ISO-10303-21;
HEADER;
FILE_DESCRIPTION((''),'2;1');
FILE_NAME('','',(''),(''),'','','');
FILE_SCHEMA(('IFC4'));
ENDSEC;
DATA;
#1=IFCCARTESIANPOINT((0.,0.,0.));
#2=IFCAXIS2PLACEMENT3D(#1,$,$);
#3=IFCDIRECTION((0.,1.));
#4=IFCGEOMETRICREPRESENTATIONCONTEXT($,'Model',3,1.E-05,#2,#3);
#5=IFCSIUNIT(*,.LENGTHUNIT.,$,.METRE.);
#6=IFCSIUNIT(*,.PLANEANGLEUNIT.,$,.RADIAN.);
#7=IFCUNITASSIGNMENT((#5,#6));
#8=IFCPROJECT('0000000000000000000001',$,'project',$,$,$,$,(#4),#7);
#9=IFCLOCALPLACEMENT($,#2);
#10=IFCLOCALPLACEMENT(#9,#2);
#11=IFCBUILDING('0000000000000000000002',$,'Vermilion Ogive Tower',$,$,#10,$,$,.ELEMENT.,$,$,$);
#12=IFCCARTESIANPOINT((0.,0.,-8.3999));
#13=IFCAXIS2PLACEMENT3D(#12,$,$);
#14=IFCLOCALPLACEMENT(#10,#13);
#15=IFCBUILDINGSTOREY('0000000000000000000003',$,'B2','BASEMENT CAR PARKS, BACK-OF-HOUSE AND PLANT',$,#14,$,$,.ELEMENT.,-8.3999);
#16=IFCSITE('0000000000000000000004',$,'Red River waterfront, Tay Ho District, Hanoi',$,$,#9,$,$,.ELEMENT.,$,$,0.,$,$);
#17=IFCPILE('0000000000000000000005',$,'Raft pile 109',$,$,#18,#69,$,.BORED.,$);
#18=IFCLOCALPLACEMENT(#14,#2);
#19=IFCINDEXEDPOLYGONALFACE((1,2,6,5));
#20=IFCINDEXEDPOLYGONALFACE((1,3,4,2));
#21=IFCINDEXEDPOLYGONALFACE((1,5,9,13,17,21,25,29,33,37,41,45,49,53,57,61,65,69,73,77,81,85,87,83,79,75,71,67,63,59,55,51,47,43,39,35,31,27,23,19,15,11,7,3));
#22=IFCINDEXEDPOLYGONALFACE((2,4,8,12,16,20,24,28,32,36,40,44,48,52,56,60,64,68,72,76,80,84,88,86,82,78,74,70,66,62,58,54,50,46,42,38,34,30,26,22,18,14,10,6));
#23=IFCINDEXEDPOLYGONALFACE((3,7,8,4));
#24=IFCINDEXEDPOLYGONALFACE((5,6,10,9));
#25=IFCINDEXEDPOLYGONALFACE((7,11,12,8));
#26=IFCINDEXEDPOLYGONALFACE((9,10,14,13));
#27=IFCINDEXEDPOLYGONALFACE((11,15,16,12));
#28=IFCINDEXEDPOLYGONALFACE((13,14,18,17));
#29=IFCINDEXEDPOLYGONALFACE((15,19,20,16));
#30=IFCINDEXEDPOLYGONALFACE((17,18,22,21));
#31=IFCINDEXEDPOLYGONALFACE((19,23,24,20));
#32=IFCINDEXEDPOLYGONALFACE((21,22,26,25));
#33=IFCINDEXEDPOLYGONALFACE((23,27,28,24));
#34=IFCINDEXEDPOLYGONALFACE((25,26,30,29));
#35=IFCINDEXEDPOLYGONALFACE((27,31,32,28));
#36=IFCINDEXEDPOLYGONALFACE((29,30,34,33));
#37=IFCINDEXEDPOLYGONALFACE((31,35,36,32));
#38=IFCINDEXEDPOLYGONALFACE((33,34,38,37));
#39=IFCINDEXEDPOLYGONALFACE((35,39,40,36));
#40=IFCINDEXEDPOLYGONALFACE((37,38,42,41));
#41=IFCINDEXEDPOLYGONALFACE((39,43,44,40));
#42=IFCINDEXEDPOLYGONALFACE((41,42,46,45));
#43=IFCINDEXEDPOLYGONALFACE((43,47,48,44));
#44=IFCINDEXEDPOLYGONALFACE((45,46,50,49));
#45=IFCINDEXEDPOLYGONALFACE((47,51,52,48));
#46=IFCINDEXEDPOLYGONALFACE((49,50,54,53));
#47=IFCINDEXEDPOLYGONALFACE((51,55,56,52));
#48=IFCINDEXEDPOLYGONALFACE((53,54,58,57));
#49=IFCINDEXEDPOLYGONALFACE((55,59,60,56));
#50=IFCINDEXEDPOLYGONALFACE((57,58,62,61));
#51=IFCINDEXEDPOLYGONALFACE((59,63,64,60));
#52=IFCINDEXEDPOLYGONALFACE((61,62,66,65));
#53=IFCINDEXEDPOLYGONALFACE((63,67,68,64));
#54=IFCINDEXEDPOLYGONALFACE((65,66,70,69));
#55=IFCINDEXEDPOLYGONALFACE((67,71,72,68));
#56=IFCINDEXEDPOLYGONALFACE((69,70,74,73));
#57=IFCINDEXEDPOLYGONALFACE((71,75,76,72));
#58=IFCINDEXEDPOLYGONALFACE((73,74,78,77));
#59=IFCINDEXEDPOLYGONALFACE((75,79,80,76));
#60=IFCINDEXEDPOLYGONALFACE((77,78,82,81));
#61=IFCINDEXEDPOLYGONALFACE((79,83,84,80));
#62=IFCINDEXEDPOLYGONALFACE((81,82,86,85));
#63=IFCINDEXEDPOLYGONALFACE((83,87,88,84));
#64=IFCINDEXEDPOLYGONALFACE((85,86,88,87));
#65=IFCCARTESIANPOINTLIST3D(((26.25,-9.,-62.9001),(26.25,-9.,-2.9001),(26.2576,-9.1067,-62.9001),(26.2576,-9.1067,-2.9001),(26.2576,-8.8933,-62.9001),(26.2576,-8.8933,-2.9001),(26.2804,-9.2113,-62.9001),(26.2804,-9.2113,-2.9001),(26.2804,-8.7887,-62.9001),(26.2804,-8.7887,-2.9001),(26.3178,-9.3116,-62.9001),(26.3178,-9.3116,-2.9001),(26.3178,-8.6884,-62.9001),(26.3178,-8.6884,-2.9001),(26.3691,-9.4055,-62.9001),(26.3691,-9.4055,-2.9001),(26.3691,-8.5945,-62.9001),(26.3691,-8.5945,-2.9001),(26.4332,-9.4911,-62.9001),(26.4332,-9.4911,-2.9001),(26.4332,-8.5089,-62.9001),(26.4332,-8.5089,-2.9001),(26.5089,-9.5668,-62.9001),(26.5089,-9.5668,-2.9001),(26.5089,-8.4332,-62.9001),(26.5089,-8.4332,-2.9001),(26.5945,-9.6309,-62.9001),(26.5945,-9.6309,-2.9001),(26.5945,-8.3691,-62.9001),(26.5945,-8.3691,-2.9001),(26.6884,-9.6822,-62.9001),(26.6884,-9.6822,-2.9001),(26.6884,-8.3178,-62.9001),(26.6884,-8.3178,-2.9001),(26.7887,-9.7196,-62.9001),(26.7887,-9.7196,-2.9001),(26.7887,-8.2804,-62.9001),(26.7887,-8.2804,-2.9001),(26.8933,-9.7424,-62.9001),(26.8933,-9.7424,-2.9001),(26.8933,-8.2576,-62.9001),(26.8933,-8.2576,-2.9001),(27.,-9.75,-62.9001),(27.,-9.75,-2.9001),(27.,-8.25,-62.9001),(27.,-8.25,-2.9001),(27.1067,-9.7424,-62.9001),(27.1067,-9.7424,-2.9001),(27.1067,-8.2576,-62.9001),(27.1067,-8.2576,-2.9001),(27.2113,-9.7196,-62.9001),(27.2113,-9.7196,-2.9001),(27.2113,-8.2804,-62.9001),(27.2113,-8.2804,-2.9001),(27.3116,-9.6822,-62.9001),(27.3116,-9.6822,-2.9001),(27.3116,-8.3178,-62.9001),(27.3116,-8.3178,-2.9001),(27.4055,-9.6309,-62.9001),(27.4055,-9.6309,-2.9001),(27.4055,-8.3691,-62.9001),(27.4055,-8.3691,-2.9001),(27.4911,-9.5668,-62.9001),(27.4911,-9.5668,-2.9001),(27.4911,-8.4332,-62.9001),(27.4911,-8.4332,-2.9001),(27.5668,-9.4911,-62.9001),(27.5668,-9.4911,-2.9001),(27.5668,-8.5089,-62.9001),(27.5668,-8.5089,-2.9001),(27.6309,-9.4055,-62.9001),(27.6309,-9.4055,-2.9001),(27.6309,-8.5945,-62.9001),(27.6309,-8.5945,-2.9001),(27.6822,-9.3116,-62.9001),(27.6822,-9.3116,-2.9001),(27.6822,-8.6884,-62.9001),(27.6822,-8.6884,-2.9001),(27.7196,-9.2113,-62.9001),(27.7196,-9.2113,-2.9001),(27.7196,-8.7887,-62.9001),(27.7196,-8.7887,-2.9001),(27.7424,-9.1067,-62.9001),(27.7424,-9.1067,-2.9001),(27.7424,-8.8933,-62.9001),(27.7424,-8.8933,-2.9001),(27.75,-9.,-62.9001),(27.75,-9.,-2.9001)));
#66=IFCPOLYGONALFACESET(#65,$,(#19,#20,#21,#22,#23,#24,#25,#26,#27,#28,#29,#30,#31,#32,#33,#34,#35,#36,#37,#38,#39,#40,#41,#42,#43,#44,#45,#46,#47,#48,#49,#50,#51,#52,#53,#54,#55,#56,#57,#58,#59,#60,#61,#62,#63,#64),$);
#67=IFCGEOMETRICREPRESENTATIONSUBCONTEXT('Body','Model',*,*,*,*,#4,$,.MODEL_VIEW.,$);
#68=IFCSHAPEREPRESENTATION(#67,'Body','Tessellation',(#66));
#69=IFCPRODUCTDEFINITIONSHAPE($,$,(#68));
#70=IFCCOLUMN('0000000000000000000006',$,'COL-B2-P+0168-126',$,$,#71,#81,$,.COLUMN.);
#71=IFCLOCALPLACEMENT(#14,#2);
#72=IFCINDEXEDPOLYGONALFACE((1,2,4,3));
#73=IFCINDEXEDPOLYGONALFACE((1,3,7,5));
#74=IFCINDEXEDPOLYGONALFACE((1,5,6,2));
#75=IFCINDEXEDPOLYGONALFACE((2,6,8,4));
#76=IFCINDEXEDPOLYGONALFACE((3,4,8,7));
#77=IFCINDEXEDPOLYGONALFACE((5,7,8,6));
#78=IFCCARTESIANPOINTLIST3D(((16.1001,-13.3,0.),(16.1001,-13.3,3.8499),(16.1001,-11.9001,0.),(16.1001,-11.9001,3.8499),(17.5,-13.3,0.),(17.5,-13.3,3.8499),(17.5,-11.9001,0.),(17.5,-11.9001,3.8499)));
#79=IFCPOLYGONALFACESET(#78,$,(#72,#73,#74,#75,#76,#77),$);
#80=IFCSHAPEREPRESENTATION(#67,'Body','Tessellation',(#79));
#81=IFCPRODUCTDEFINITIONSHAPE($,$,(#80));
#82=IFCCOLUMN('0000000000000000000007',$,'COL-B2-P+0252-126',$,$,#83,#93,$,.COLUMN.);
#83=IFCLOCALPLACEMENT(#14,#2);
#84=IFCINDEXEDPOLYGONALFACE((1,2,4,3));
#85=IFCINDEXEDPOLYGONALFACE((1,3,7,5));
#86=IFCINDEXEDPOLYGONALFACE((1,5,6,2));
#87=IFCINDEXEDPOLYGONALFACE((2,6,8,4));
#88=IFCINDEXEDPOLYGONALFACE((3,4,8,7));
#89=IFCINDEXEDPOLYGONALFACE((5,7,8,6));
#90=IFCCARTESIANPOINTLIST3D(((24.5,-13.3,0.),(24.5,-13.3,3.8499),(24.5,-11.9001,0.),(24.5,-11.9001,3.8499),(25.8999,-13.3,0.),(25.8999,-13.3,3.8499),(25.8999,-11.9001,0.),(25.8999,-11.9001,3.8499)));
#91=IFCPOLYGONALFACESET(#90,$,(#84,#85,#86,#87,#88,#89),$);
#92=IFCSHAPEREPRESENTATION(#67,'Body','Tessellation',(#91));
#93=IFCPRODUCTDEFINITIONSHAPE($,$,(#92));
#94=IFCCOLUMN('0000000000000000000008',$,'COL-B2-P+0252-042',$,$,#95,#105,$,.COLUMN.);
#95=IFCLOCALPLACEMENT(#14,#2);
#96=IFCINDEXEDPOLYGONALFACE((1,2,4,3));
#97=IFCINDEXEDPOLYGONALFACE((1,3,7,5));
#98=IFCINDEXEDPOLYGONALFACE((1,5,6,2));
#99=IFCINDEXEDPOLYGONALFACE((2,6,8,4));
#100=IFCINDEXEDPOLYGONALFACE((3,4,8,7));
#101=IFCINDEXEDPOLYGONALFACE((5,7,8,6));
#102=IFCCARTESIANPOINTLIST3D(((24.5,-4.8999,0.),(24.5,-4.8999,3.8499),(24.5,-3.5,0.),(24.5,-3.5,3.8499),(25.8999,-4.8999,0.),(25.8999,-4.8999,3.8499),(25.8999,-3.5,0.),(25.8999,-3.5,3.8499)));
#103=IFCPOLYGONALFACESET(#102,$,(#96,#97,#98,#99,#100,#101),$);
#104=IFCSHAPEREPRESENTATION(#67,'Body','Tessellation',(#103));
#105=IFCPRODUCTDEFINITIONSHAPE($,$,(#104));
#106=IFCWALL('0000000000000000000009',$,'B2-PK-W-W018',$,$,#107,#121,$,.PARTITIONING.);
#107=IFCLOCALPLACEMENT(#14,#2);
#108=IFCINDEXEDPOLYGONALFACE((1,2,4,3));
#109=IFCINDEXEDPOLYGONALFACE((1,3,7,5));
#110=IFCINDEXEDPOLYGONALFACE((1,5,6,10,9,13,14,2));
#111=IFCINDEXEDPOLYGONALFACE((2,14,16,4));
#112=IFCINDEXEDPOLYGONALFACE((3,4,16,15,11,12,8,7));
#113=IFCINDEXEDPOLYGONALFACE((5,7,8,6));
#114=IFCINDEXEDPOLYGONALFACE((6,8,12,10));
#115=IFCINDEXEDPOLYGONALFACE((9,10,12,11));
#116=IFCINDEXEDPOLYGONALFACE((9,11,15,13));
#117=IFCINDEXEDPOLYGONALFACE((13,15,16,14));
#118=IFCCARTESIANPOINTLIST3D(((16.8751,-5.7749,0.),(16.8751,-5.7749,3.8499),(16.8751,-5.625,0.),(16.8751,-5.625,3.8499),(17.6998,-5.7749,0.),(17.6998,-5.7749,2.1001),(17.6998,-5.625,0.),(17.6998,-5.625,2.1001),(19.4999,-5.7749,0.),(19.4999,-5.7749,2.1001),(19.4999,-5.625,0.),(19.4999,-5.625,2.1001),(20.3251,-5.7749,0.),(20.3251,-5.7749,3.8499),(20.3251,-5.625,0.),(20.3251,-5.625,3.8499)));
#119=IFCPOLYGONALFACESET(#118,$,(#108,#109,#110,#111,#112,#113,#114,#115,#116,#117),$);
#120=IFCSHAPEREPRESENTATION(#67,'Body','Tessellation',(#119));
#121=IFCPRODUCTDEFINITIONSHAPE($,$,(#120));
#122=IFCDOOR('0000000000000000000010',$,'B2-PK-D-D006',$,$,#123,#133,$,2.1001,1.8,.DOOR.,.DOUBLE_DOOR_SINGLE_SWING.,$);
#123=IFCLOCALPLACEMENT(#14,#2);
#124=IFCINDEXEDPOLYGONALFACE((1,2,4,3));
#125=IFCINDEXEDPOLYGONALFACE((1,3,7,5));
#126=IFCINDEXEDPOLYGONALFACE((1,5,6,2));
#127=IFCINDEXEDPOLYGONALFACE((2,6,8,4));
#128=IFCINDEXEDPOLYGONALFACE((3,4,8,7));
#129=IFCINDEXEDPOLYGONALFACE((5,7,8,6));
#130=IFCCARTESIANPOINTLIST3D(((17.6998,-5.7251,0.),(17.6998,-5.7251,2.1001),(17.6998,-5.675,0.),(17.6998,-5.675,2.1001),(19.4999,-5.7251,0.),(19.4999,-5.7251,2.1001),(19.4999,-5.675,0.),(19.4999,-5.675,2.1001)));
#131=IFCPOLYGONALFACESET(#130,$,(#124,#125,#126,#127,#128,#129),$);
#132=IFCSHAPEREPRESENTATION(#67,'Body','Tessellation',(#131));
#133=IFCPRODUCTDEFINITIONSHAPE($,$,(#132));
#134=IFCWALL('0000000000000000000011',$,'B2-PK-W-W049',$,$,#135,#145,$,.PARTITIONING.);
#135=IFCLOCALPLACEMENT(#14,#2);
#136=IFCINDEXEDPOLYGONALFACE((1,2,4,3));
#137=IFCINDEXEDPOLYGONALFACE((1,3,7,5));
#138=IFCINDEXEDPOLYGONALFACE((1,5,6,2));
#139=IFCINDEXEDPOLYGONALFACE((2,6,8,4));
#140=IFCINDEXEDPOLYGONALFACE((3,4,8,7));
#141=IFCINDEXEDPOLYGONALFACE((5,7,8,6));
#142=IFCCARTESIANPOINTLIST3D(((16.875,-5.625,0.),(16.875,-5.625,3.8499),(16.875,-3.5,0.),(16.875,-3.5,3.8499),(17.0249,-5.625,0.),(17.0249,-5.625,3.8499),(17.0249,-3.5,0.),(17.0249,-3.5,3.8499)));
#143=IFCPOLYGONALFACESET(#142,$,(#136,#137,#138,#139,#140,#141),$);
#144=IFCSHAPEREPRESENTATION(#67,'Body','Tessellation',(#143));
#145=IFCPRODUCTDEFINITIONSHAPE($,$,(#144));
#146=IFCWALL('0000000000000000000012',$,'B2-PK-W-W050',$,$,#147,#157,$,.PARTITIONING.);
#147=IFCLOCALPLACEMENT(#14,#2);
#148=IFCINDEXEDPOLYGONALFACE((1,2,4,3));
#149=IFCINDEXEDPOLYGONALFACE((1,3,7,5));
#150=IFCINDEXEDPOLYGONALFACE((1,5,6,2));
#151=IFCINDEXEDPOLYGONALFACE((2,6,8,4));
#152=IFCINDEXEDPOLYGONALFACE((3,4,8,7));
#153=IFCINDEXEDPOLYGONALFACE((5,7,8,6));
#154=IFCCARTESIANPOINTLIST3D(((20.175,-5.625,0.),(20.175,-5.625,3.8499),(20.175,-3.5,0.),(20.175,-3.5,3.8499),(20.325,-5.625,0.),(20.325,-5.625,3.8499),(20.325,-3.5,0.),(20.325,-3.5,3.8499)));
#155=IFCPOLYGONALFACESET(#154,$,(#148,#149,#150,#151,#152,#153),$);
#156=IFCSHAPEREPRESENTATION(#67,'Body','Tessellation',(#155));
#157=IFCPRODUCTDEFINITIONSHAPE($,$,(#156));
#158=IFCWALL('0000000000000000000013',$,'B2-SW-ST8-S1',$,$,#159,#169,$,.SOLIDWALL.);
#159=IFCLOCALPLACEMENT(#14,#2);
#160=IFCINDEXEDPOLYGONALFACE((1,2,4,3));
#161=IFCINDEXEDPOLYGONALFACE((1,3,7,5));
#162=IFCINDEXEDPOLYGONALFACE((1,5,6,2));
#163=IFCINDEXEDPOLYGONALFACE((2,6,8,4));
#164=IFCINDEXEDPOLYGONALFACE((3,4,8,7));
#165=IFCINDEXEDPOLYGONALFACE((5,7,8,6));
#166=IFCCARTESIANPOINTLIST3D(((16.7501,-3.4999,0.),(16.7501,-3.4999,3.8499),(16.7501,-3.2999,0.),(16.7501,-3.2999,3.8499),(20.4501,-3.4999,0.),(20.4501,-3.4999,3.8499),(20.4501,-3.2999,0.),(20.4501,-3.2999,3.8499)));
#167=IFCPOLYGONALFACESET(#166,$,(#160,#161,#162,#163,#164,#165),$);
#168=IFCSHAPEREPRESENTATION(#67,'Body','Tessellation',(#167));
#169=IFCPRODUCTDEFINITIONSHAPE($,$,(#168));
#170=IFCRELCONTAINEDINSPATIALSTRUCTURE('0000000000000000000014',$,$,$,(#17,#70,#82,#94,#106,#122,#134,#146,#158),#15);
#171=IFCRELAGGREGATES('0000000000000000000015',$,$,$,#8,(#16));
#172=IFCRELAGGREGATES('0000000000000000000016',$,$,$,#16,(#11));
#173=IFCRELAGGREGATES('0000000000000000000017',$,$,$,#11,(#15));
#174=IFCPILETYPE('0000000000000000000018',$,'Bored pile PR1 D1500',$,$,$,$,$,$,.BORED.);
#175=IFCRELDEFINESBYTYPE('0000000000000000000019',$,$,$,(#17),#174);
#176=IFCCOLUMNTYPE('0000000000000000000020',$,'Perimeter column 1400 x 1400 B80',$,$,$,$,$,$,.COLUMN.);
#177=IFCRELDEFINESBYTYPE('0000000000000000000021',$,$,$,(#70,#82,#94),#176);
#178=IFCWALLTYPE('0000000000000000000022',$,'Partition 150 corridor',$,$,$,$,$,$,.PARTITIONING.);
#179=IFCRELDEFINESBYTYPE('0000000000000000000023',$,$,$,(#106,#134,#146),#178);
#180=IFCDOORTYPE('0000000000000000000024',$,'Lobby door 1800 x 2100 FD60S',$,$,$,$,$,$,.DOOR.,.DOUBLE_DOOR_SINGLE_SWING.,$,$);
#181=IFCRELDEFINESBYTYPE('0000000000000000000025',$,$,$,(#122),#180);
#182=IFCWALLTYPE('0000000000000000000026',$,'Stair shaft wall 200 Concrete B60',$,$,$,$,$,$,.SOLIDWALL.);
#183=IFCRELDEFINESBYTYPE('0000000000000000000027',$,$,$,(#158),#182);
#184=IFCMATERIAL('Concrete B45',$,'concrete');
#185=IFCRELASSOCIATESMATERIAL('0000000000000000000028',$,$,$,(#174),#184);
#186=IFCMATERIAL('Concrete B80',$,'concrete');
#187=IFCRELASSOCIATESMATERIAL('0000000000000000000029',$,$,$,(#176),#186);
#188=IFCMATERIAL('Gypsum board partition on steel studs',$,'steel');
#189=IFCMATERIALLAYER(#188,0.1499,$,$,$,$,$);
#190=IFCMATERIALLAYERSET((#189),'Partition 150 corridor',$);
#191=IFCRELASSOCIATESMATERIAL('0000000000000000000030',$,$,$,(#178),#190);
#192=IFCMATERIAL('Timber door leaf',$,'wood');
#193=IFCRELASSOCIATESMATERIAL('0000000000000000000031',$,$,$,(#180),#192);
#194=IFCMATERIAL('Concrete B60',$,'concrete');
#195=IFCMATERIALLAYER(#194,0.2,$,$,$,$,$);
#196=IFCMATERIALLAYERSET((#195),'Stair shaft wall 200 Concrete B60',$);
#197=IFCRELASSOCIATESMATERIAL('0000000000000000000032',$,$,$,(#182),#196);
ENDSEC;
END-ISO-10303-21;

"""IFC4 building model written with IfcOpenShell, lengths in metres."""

from ifc_helpers import new_model, si_unit, direction, frame, frame_2d, origin, origin_2d, place, context, subcontext, project, spatial, rectangle, circle, extrude, material, layer, layer_set, material_profile, profile_set, type_object, element, fill, save


model = new_model("IFC4")

# Units and contexts
model_context = context("Model", 3, precision=1e-05, world=origin(), true_north=direction((0.0, 1.0)))
body_context = subcontext(model_context, "Body", "Model", "MODEL_VIEW")
ifc_project = project(units=[si_unit("LENGTHUNIT", "METRE"), si_unit("PLANEANGLEUNIT", "RADIAN")], contexts=[model_context])

# Site, building, storey
site_placement = place(None, origin())
site = spatial("IfcSite", under=ifc_project, at=site_placement, Name="Red River waterfront, Tay Ho District, Hanoi", CompositionType="ELEMENT", RefElevation=0.0)
building_placement = place(site_placement, origin())
building = spatial("IfcBuilding", under=site, at=building_placement, Name="Vermilion Ogive Tower", CompositionType="ELEMENT")
storey_placement = place(building_placement, frame((0.0, 0.0, -8.3999)))
storey = spatial("IfcBuildingStorey", under=building, at=storey_placement, Name="B2", Description="BASEMENT CAR PARKS, BACK-OF-HOUSE AND PLANT", CompositionType="ELEMENT", Elevation=-8.3999)

# Pile
ifc_material_1 = material(Name="Concrete B45", Category="concrete")
pile_type = type_object("IfcPileType", Name="Bored pile PR1 D1500", PredefinedType="BORED", material=ifc_material_1)
for number, where, z_axis, x_axis, name in (
    (1, (27.0, -9.0, -2.9001), (0.0, 0.0, -1.0), (1.0, 0.0, 0.0), "Raft pile 109"),
):
    element("IfcPile", number, at=place(storey_placement, frame(where, z_axis=z_axis, x_axis=x_axis)), inside=storey, type_object=pile_type, Name=name, PredefinedType="BORED", context=body_context, shape_type="SweptSolid", body=[
        extrude(circle(Radius=0.75, at=origin_2d()), origin(), (0.0, 0.0, 1.0), 60.0),
    ])

# Columns
ifc_material_2 = material(Name="Concrete B80", Category="concrete")
ifc_material_profile = material_profile(ifc_material_2, rectangle(XDim=1.3999, YDim=1.3999, at=origin_2d()), Name="1400 x 1400")
ifc_profile_set = profile_set([ifc_material_profile], Name="Concrete B80")
column_type = type_object("IfcColumnType", Name="Perimeter column 1400 x 1400 B80", PredefinedType="COLUMN", material=ifc_profile_set)
for number, where, z_axis, x_axis, name in (
    (2, (16.8, -12.6001, 0.0), (0.0, 0.0, 1.0), (1.0, 0.0, 0.0), "COL-B2-P+0168-126"),
    (3, (25.2, -12.6001, 0.0), (0.0, 0.0, 1.0), (1.0, 0.0, 0.0), "COL-B2-P+0252-126"),
    (4, (25.2, -4.2, 0.0), (0.0, 0.0, 1.0), (1.0, 0.0, 0.0), "COL-B2-P+0252-042"),
):
    element("IfcColumn", number, at=place(storey_placement, frame(where, z_axis=z_axis, x_axis=x_axis)), inside=storey, type_object=column_type, Name=name, PredefinedType="COLUMN", context=body_context, shape_type="SweptSolid", body=[
        extrude(rectangle(XDim=1.3999, YDim=1.3999, at=origin_2d()), origin(), (0.0, 0.0, 1.0), 3.8499),
    ])

# Wall, opening, door
ifc_material_3 = material(Name="Gypsum board partition on steel studs", Category="steel")
ifc_layer_1 = layer(ifc_material_3, 0.1499)
ifc_layer_set_1 = layer_set([ifc_layer_1], Name="Partition 150 corridor")
wall_type_1 = type_object("IfcWallType", Name="Partition 150 corridor", PredefinedType="PARTITIONING", material=ifc_layer_set_1)
wall_1_placement = place(storey_placement, frame((16.875, -5.7, 0.0), z_axis=(0.0, 0.0, 1.0), x_axis=(1.0, 0.0, 0.0)))
wall_1 = element("IfcWall", 5, at=wall_1_placement, inside=storey, type_object=wall_type_1, Name="B2-PK-W-W018", PredefinedType="PARTITIONING", context=body_context, shape_type="SweptSolid", body=[
    extrude(rectangle(XDim=3.45, YDim=0.1499, at=frame_2d((1.7251, 0.0))), origin(), (0.0, 0.0, 1.0), 3.8499),
])
opening_1_placement = place(wall_1_placement, frame((0.825, 0.0, 0.0)))
opening_1 = element("IfcOpeningElement", 6, at=opening_1_placement, cuts=wall_1, PredefinedType="OPENING", context=body_context, shape_type="SweptSolid", body=[
    extrude(rectangle(XDim=1.8, YDim=2.1001, at=frame_2d((0.8999, 1.05))), frame((0.0, 0.085, 0.0), z_axis=(0.0, -1.0, 0.0), x_axis=(1.0, 0.0, 0.0)), (0.0, 0.0, 1.0), 0.1699),
])
ifc_material_4 = material(Name="Timber door leaf", Category="wood")
door_type_1 = type_object("IfcDoorType", Name="Lobby door 1800 x 2100 FD60S", OperationType="DOUBLE_DOOR_SINGLE_SWING", PredefinedType="DOOR", material=ifc_material_4)
door_1_placement = place(opening_1_placement, origin())
door_1 = element("IfcDoor", 7, at=door_1_placement, inside=storey, type_object=door_type_1, Name="B2-PK-D-D006", OperationType="DOUBLE_DOOR_SINGLE_SWING", OverallHeight=2.1001, OverallWidth=1.8, PredefinedType="DOOR", context=body_context, shape_type="SweptSolid", body=[
    extrude(rectangle(XDim=1.8, YDim=2.1001, at=frame_2d((0.8999, 1.05))), frame((0.0, 0.0249, 0.0), z_axis=(0.0, -1.0, 0.0), x_axis=(1.0, 0.0, 0.0)), (0.0, 0.0, 1.0), 0.05),
])
fill(opening_1, door_1)

# Walls
for number, where, z_axis, x_axis, name in (
    (8, (16.95, -5.625, 0.0), (0.0, 0.0, 1.0), (0.0, 1.0, 0.0), "B2-PK-W-W049"),
    (9, (20.25, -5.625, 0.0), (0.0, 0.0, 1.0), (0.0, 1.0, 0.0), "B2-PK-W-W050"),
):
    element("IfcWall", number, at=place(storey_placement, frame(where, z_axis=z_axis, x_axis=x_axis)), inside=storey, type_object=wall_type_1, Name=name, PredefinedType="PARTITIONING", context=body_context, shape_type="SweptSolid", body=[
        extrude(rectangle(XDim=2.125, YDim=0.1499, at=frame_2d((1.0625, 0.0))), origin(), (0.0, 0.0, 1.0), 3.8499),
    ])
ifc_material_5 = material(Name="Concrete B60", Category="concrete")
ifc_layer_2 = layer(ifc_material_5, 0.2)
ifc_layer_set_2 = layer_set([ifc_layer_2], Name="Stair shaft wall 200 Concrete B60")
wall_type_2 = type_object("IfcWallType", Name="Stair shaft wall 200 Concrete B60", PredefinedType="SOLIDWALL", material=ifc_layer_set_2)
wall_2_placement = place(storey_placement, frame((16.75, -3.3999, 0.0), z_axis=(0.0, 0.0, 1.0), x_axis=(1.0, 0.0, 0.0)))
element("IfcWall", 10, at=wall_2_placement, inside=storey, type_object=wall_type_2, Name="B2-SW-ST8-S1", PredefinedType="SOLIDWALL", context=body_context, shape_type="SweptSolid", body=[
    extrude(rectangle(XDim=3.7, YDim=0.2, at=frame_2d((1.8501, 0.0))), origin(), (0.0, 0.0, 1.0), 3.8499),
])

save(model, "model.ifc")
